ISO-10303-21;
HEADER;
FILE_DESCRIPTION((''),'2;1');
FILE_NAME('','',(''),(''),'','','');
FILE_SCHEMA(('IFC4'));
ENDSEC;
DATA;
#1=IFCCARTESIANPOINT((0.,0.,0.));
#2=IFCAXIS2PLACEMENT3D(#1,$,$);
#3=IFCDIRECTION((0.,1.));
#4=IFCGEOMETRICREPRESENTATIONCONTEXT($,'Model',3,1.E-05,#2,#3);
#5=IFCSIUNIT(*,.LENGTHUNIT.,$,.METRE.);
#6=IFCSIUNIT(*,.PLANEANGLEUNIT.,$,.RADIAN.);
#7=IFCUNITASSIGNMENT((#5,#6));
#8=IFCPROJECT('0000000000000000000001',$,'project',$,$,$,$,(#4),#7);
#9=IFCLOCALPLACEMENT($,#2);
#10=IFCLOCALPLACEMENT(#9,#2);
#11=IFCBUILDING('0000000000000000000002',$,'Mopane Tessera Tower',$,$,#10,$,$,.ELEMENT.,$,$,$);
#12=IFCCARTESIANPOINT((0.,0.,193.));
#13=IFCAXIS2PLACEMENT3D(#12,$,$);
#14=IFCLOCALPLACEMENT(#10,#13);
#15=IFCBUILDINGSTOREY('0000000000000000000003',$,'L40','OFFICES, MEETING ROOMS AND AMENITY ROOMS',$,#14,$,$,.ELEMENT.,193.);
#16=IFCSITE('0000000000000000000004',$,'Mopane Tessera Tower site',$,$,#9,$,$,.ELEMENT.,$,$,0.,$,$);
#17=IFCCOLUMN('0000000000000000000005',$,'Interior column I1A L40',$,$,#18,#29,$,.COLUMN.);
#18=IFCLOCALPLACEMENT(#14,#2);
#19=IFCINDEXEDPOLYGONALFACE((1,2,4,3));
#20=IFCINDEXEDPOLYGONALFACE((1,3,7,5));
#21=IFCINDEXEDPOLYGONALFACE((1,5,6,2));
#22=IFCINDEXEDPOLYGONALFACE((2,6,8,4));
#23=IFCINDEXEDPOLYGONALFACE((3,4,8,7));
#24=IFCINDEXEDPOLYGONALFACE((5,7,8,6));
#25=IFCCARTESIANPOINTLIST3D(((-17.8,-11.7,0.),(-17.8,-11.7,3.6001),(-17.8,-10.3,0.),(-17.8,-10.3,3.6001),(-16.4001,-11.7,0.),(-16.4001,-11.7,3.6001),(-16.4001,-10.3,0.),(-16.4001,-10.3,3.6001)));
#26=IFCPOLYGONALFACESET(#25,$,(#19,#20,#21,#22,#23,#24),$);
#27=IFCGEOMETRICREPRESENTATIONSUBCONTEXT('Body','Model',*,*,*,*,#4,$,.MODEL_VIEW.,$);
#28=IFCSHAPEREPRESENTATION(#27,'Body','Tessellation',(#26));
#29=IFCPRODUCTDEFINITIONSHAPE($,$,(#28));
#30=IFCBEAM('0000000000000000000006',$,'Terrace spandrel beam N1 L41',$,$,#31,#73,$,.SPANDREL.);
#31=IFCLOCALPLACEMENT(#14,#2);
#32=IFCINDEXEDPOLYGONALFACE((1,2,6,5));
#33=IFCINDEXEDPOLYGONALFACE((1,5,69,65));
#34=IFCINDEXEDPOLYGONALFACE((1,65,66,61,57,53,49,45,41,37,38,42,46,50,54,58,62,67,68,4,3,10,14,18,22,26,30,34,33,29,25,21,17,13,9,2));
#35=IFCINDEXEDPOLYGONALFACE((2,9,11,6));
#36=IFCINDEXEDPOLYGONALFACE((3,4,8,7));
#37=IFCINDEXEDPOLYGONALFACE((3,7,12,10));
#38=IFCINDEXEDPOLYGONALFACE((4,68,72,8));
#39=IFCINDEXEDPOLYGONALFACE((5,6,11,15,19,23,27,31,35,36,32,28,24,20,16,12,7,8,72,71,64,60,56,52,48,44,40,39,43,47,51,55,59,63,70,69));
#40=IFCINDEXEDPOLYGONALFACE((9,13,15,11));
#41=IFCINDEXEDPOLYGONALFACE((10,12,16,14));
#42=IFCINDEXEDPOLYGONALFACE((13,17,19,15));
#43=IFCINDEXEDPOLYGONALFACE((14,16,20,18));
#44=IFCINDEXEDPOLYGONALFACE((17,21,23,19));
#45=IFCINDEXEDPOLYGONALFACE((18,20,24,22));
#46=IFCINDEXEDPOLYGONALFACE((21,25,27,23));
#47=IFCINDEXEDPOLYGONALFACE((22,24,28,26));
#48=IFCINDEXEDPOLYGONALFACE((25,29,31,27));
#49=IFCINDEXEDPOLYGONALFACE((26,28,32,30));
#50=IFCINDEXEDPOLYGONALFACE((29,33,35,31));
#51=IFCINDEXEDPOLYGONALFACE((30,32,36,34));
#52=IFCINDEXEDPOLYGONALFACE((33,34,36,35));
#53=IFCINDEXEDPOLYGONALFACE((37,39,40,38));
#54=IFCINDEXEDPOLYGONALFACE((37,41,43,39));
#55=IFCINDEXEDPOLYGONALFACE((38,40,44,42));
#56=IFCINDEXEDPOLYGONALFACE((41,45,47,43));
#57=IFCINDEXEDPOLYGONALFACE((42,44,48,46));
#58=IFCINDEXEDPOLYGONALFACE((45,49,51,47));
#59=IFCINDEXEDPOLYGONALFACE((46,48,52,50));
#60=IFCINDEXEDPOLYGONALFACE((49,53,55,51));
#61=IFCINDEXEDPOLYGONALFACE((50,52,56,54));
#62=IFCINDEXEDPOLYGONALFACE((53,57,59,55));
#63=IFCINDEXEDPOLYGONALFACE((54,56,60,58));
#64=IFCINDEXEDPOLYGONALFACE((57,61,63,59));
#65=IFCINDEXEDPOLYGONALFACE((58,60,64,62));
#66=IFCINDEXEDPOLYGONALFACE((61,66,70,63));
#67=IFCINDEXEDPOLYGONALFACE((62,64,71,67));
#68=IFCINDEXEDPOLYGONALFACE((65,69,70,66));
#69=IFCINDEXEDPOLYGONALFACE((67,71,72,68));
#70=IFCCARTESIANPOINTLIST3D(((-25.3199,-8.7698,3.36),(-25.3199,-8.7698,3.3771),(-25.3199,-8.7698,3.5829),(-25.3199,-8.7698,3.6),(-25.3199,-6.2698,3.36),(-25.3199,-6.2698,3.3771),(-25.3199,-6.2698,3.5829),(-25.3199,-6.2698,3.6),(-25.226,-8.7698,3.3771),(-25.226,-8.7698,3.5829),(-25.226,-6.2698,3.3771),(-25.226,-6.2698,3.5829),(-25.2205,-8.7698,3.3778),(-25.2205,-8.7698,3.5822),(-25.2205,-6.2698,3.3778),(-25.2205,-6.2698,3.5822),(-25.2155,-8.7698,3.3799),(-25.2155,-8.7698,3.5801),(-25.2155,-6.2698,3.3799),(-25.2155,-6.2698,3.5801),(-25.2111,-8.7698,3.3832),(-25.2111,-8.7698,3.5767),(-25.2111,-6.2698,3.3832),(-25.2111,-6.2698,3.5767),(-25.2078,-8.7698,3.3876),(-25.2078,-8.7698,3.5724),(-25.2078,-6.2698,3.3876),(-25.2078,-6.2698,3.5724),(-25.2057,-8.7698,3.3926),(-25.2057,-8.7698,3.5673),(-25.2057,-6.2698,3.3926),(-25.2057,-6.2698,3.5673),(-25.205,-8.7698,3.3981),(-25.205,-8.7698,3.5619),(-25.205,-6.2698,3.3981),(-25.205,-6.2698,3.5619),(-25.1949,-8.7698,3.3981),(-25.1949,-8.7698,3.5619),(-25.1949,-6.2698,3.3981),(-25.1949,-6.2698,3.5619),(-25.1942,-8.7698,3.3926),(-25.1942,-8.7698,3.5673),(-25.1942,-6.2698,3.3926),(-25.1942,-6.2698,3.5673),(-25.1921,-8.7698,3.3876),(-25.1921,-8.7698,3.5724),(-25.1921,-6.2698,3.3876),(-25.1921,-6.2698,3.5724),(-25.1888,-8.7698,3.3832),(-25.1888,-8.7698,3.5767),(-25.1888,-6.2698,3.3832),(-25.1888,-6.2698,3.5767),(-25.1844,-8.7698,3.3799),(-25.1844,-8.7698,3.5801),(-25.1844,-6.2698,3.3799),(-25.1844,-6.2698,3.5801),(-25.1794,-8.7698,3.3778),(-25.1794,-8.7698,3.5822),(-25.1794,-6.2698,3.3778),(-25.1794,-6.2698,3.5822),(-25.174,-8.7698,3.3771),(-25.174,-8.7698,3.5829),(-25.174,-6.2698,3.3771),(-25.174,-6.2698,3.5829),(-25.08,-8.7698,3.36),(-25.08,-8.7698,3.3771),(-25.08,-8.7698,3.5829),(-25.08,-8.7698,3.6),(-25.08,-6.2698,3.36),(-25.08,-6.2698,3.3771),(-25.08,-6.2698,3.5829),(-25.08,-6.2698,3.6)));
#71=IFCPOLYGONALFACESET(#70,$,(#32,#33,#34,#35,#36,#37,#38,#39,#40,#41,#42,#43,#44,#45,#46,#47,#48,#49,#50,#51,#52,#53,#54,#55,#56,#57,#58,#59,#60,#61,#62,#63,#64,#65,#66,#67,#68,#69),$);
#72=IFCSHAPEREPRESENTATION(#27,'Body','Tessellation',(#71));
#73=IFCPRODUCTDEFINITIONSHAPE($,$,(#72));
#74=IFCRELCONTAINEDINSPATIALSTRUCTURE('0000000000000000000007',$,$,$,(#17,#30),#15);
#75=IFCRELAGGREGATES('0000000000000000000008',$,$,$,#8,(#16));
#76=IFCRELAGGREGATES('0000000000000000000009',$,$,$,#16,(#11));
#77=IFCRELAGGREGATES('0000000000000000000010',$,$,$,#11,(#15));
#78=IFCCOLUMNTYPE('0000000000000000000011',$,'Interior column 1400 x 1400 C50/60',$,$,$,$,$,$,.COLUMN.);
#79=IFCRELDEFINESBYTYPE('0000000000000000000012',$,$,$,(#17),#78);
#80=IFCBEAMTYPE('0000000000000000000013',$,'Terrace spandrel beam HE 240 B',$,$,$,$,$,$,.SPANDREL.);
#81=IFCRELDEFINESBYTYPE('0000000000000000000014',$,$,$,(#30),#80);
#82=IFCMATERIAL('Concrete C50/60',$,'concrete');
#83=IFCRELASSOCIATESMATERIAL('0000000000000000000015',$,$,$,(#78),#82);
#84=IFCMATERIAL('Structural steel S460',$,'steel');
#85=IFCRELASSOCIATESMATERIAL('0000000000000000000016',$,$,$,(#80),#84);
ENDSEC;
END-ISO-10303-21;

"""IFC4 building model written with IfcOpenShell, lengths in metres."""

from ifc_helpers import new_model, si_unit, direction, frame, origin, origin_2d, place, context, subcontext, project, spatial, rectangle, i_section, extrude, material, material_profile, profile_set, type_object, element, save


model = new_model("IFC4")

# Units and contexts
model_context = context("Model", 3, precision=1e-05, world=origin(), true_north=direction((0.0, 1.0)))
body_context = subcontext(model_context, "Body", "Model", "MODEL_VIEW")
ifc_project = project(units=[si_unit("LENGTHUNIT", "METRE"), si_unit("PLANEANGLEUNIT", "RADIAN")], contexts=[model_context])

# Site, building, storey
site_placement = place(None, origin())
site = spatial("IfcSite", under=ifc_project, at=site_placement, Name="Mopane Tessera Tower site", CompositionType="ELEMENT", RefElevation=0.0)
building_placement = place(site_placement, origin())
building = spatial("IfcBuilding", under=site, at=building_placement, Name="Mopane Tessera Tower", CompositionType="ELEMENT")
storey_placement = place(building_placement, frame((0.0, 0.0, 193.0)))
storey = spatial("IfcBuildingStorey", under=building, at=storey_placement, Name="L40", Description="OFFICES, MEETING ROOMS AND AMENITY ROOMS", CompositionType="ELEMENT", Elevation=193.0)

# Column
ifc_material_1 = material(Name="Concrete C50/60", Category="concrete")
ifc_material_profile_1 = material_profile(ifc_material_1, rectangle(XDim=1.3999, YDim=1.3999, at=origin_2d()))
ifc_profile_set_1 = profile_set([ifc_material_profile_1], Name="Concrete C50/60")
column_type = type_object("IfcColumnType", Name="Interior column 1400 x 1400 C50/60", PredefinedType="COLUMN", material=ifc_profile_set_1)
column_placement = place(storey_placement, frame((-17.1001, -11.0, 0.0), z_axis=(0.0, 0.0, 1.0), x_axis=(1.0, 0.0, 0.0)))
element("IfcColumn", 1, at=column_placement, inside=storey, type_object=column_type, Name="Interior column I1A L40", PredefinedType="COLUMN", context=body_context, shape_type="SweptSolid", body=[
    extrude(rectangle(XDim=1.3999, YDim=1.3999, at=origin_2d()), origin(), (0.0, 0.0, 1.0), 3.6001),
])

# Beam
ifc_material_2 = material(Name="Structural steel S460", Category="steel")
ifc_material_profile_2 = material_profile(ifc_material_2, i_section(OverallWidth=0.24, OverallDepth=0.24, WebThickness=0.01, FlangeThickness=0.0171, FilletRadius=0.021, at=origin_2d()))
ifc_profile_set_2 = profile_set([ifc_material_profile_2], Name="Structural steel S460")
beam_type = type_object("IfcBeamType", Name="Terrace spandrel beam HE 240 B", PredefinedType="SPANDREL", material=ifc_profile_set_2)
beam_placement = place(storey_placement, frame((-25.2, -6.2698, 3.48), z_axis=(0.0, -1.0, 0.0), x_axis=(1.0, 0.0, 0.0)))
element("IfcBeam", 2, at=beam_placement, inside=storey, type_object=beam_type, Name="Terrace spandrel beam N1 L41", PredefinedType="SPANDREL", context=body_context, shape_type="SweptSolid", body=[
    extrude(i_section(OverallWidth=0.24, OverallDepth=0.24, WebThickness=0.01, FlangeThickness=0.0171, FilletRadius=0.021, at=origin_2d()), origin(), (0.0, 0.0, 1.0), 2.5),
])

save(model, "model.ifc")
